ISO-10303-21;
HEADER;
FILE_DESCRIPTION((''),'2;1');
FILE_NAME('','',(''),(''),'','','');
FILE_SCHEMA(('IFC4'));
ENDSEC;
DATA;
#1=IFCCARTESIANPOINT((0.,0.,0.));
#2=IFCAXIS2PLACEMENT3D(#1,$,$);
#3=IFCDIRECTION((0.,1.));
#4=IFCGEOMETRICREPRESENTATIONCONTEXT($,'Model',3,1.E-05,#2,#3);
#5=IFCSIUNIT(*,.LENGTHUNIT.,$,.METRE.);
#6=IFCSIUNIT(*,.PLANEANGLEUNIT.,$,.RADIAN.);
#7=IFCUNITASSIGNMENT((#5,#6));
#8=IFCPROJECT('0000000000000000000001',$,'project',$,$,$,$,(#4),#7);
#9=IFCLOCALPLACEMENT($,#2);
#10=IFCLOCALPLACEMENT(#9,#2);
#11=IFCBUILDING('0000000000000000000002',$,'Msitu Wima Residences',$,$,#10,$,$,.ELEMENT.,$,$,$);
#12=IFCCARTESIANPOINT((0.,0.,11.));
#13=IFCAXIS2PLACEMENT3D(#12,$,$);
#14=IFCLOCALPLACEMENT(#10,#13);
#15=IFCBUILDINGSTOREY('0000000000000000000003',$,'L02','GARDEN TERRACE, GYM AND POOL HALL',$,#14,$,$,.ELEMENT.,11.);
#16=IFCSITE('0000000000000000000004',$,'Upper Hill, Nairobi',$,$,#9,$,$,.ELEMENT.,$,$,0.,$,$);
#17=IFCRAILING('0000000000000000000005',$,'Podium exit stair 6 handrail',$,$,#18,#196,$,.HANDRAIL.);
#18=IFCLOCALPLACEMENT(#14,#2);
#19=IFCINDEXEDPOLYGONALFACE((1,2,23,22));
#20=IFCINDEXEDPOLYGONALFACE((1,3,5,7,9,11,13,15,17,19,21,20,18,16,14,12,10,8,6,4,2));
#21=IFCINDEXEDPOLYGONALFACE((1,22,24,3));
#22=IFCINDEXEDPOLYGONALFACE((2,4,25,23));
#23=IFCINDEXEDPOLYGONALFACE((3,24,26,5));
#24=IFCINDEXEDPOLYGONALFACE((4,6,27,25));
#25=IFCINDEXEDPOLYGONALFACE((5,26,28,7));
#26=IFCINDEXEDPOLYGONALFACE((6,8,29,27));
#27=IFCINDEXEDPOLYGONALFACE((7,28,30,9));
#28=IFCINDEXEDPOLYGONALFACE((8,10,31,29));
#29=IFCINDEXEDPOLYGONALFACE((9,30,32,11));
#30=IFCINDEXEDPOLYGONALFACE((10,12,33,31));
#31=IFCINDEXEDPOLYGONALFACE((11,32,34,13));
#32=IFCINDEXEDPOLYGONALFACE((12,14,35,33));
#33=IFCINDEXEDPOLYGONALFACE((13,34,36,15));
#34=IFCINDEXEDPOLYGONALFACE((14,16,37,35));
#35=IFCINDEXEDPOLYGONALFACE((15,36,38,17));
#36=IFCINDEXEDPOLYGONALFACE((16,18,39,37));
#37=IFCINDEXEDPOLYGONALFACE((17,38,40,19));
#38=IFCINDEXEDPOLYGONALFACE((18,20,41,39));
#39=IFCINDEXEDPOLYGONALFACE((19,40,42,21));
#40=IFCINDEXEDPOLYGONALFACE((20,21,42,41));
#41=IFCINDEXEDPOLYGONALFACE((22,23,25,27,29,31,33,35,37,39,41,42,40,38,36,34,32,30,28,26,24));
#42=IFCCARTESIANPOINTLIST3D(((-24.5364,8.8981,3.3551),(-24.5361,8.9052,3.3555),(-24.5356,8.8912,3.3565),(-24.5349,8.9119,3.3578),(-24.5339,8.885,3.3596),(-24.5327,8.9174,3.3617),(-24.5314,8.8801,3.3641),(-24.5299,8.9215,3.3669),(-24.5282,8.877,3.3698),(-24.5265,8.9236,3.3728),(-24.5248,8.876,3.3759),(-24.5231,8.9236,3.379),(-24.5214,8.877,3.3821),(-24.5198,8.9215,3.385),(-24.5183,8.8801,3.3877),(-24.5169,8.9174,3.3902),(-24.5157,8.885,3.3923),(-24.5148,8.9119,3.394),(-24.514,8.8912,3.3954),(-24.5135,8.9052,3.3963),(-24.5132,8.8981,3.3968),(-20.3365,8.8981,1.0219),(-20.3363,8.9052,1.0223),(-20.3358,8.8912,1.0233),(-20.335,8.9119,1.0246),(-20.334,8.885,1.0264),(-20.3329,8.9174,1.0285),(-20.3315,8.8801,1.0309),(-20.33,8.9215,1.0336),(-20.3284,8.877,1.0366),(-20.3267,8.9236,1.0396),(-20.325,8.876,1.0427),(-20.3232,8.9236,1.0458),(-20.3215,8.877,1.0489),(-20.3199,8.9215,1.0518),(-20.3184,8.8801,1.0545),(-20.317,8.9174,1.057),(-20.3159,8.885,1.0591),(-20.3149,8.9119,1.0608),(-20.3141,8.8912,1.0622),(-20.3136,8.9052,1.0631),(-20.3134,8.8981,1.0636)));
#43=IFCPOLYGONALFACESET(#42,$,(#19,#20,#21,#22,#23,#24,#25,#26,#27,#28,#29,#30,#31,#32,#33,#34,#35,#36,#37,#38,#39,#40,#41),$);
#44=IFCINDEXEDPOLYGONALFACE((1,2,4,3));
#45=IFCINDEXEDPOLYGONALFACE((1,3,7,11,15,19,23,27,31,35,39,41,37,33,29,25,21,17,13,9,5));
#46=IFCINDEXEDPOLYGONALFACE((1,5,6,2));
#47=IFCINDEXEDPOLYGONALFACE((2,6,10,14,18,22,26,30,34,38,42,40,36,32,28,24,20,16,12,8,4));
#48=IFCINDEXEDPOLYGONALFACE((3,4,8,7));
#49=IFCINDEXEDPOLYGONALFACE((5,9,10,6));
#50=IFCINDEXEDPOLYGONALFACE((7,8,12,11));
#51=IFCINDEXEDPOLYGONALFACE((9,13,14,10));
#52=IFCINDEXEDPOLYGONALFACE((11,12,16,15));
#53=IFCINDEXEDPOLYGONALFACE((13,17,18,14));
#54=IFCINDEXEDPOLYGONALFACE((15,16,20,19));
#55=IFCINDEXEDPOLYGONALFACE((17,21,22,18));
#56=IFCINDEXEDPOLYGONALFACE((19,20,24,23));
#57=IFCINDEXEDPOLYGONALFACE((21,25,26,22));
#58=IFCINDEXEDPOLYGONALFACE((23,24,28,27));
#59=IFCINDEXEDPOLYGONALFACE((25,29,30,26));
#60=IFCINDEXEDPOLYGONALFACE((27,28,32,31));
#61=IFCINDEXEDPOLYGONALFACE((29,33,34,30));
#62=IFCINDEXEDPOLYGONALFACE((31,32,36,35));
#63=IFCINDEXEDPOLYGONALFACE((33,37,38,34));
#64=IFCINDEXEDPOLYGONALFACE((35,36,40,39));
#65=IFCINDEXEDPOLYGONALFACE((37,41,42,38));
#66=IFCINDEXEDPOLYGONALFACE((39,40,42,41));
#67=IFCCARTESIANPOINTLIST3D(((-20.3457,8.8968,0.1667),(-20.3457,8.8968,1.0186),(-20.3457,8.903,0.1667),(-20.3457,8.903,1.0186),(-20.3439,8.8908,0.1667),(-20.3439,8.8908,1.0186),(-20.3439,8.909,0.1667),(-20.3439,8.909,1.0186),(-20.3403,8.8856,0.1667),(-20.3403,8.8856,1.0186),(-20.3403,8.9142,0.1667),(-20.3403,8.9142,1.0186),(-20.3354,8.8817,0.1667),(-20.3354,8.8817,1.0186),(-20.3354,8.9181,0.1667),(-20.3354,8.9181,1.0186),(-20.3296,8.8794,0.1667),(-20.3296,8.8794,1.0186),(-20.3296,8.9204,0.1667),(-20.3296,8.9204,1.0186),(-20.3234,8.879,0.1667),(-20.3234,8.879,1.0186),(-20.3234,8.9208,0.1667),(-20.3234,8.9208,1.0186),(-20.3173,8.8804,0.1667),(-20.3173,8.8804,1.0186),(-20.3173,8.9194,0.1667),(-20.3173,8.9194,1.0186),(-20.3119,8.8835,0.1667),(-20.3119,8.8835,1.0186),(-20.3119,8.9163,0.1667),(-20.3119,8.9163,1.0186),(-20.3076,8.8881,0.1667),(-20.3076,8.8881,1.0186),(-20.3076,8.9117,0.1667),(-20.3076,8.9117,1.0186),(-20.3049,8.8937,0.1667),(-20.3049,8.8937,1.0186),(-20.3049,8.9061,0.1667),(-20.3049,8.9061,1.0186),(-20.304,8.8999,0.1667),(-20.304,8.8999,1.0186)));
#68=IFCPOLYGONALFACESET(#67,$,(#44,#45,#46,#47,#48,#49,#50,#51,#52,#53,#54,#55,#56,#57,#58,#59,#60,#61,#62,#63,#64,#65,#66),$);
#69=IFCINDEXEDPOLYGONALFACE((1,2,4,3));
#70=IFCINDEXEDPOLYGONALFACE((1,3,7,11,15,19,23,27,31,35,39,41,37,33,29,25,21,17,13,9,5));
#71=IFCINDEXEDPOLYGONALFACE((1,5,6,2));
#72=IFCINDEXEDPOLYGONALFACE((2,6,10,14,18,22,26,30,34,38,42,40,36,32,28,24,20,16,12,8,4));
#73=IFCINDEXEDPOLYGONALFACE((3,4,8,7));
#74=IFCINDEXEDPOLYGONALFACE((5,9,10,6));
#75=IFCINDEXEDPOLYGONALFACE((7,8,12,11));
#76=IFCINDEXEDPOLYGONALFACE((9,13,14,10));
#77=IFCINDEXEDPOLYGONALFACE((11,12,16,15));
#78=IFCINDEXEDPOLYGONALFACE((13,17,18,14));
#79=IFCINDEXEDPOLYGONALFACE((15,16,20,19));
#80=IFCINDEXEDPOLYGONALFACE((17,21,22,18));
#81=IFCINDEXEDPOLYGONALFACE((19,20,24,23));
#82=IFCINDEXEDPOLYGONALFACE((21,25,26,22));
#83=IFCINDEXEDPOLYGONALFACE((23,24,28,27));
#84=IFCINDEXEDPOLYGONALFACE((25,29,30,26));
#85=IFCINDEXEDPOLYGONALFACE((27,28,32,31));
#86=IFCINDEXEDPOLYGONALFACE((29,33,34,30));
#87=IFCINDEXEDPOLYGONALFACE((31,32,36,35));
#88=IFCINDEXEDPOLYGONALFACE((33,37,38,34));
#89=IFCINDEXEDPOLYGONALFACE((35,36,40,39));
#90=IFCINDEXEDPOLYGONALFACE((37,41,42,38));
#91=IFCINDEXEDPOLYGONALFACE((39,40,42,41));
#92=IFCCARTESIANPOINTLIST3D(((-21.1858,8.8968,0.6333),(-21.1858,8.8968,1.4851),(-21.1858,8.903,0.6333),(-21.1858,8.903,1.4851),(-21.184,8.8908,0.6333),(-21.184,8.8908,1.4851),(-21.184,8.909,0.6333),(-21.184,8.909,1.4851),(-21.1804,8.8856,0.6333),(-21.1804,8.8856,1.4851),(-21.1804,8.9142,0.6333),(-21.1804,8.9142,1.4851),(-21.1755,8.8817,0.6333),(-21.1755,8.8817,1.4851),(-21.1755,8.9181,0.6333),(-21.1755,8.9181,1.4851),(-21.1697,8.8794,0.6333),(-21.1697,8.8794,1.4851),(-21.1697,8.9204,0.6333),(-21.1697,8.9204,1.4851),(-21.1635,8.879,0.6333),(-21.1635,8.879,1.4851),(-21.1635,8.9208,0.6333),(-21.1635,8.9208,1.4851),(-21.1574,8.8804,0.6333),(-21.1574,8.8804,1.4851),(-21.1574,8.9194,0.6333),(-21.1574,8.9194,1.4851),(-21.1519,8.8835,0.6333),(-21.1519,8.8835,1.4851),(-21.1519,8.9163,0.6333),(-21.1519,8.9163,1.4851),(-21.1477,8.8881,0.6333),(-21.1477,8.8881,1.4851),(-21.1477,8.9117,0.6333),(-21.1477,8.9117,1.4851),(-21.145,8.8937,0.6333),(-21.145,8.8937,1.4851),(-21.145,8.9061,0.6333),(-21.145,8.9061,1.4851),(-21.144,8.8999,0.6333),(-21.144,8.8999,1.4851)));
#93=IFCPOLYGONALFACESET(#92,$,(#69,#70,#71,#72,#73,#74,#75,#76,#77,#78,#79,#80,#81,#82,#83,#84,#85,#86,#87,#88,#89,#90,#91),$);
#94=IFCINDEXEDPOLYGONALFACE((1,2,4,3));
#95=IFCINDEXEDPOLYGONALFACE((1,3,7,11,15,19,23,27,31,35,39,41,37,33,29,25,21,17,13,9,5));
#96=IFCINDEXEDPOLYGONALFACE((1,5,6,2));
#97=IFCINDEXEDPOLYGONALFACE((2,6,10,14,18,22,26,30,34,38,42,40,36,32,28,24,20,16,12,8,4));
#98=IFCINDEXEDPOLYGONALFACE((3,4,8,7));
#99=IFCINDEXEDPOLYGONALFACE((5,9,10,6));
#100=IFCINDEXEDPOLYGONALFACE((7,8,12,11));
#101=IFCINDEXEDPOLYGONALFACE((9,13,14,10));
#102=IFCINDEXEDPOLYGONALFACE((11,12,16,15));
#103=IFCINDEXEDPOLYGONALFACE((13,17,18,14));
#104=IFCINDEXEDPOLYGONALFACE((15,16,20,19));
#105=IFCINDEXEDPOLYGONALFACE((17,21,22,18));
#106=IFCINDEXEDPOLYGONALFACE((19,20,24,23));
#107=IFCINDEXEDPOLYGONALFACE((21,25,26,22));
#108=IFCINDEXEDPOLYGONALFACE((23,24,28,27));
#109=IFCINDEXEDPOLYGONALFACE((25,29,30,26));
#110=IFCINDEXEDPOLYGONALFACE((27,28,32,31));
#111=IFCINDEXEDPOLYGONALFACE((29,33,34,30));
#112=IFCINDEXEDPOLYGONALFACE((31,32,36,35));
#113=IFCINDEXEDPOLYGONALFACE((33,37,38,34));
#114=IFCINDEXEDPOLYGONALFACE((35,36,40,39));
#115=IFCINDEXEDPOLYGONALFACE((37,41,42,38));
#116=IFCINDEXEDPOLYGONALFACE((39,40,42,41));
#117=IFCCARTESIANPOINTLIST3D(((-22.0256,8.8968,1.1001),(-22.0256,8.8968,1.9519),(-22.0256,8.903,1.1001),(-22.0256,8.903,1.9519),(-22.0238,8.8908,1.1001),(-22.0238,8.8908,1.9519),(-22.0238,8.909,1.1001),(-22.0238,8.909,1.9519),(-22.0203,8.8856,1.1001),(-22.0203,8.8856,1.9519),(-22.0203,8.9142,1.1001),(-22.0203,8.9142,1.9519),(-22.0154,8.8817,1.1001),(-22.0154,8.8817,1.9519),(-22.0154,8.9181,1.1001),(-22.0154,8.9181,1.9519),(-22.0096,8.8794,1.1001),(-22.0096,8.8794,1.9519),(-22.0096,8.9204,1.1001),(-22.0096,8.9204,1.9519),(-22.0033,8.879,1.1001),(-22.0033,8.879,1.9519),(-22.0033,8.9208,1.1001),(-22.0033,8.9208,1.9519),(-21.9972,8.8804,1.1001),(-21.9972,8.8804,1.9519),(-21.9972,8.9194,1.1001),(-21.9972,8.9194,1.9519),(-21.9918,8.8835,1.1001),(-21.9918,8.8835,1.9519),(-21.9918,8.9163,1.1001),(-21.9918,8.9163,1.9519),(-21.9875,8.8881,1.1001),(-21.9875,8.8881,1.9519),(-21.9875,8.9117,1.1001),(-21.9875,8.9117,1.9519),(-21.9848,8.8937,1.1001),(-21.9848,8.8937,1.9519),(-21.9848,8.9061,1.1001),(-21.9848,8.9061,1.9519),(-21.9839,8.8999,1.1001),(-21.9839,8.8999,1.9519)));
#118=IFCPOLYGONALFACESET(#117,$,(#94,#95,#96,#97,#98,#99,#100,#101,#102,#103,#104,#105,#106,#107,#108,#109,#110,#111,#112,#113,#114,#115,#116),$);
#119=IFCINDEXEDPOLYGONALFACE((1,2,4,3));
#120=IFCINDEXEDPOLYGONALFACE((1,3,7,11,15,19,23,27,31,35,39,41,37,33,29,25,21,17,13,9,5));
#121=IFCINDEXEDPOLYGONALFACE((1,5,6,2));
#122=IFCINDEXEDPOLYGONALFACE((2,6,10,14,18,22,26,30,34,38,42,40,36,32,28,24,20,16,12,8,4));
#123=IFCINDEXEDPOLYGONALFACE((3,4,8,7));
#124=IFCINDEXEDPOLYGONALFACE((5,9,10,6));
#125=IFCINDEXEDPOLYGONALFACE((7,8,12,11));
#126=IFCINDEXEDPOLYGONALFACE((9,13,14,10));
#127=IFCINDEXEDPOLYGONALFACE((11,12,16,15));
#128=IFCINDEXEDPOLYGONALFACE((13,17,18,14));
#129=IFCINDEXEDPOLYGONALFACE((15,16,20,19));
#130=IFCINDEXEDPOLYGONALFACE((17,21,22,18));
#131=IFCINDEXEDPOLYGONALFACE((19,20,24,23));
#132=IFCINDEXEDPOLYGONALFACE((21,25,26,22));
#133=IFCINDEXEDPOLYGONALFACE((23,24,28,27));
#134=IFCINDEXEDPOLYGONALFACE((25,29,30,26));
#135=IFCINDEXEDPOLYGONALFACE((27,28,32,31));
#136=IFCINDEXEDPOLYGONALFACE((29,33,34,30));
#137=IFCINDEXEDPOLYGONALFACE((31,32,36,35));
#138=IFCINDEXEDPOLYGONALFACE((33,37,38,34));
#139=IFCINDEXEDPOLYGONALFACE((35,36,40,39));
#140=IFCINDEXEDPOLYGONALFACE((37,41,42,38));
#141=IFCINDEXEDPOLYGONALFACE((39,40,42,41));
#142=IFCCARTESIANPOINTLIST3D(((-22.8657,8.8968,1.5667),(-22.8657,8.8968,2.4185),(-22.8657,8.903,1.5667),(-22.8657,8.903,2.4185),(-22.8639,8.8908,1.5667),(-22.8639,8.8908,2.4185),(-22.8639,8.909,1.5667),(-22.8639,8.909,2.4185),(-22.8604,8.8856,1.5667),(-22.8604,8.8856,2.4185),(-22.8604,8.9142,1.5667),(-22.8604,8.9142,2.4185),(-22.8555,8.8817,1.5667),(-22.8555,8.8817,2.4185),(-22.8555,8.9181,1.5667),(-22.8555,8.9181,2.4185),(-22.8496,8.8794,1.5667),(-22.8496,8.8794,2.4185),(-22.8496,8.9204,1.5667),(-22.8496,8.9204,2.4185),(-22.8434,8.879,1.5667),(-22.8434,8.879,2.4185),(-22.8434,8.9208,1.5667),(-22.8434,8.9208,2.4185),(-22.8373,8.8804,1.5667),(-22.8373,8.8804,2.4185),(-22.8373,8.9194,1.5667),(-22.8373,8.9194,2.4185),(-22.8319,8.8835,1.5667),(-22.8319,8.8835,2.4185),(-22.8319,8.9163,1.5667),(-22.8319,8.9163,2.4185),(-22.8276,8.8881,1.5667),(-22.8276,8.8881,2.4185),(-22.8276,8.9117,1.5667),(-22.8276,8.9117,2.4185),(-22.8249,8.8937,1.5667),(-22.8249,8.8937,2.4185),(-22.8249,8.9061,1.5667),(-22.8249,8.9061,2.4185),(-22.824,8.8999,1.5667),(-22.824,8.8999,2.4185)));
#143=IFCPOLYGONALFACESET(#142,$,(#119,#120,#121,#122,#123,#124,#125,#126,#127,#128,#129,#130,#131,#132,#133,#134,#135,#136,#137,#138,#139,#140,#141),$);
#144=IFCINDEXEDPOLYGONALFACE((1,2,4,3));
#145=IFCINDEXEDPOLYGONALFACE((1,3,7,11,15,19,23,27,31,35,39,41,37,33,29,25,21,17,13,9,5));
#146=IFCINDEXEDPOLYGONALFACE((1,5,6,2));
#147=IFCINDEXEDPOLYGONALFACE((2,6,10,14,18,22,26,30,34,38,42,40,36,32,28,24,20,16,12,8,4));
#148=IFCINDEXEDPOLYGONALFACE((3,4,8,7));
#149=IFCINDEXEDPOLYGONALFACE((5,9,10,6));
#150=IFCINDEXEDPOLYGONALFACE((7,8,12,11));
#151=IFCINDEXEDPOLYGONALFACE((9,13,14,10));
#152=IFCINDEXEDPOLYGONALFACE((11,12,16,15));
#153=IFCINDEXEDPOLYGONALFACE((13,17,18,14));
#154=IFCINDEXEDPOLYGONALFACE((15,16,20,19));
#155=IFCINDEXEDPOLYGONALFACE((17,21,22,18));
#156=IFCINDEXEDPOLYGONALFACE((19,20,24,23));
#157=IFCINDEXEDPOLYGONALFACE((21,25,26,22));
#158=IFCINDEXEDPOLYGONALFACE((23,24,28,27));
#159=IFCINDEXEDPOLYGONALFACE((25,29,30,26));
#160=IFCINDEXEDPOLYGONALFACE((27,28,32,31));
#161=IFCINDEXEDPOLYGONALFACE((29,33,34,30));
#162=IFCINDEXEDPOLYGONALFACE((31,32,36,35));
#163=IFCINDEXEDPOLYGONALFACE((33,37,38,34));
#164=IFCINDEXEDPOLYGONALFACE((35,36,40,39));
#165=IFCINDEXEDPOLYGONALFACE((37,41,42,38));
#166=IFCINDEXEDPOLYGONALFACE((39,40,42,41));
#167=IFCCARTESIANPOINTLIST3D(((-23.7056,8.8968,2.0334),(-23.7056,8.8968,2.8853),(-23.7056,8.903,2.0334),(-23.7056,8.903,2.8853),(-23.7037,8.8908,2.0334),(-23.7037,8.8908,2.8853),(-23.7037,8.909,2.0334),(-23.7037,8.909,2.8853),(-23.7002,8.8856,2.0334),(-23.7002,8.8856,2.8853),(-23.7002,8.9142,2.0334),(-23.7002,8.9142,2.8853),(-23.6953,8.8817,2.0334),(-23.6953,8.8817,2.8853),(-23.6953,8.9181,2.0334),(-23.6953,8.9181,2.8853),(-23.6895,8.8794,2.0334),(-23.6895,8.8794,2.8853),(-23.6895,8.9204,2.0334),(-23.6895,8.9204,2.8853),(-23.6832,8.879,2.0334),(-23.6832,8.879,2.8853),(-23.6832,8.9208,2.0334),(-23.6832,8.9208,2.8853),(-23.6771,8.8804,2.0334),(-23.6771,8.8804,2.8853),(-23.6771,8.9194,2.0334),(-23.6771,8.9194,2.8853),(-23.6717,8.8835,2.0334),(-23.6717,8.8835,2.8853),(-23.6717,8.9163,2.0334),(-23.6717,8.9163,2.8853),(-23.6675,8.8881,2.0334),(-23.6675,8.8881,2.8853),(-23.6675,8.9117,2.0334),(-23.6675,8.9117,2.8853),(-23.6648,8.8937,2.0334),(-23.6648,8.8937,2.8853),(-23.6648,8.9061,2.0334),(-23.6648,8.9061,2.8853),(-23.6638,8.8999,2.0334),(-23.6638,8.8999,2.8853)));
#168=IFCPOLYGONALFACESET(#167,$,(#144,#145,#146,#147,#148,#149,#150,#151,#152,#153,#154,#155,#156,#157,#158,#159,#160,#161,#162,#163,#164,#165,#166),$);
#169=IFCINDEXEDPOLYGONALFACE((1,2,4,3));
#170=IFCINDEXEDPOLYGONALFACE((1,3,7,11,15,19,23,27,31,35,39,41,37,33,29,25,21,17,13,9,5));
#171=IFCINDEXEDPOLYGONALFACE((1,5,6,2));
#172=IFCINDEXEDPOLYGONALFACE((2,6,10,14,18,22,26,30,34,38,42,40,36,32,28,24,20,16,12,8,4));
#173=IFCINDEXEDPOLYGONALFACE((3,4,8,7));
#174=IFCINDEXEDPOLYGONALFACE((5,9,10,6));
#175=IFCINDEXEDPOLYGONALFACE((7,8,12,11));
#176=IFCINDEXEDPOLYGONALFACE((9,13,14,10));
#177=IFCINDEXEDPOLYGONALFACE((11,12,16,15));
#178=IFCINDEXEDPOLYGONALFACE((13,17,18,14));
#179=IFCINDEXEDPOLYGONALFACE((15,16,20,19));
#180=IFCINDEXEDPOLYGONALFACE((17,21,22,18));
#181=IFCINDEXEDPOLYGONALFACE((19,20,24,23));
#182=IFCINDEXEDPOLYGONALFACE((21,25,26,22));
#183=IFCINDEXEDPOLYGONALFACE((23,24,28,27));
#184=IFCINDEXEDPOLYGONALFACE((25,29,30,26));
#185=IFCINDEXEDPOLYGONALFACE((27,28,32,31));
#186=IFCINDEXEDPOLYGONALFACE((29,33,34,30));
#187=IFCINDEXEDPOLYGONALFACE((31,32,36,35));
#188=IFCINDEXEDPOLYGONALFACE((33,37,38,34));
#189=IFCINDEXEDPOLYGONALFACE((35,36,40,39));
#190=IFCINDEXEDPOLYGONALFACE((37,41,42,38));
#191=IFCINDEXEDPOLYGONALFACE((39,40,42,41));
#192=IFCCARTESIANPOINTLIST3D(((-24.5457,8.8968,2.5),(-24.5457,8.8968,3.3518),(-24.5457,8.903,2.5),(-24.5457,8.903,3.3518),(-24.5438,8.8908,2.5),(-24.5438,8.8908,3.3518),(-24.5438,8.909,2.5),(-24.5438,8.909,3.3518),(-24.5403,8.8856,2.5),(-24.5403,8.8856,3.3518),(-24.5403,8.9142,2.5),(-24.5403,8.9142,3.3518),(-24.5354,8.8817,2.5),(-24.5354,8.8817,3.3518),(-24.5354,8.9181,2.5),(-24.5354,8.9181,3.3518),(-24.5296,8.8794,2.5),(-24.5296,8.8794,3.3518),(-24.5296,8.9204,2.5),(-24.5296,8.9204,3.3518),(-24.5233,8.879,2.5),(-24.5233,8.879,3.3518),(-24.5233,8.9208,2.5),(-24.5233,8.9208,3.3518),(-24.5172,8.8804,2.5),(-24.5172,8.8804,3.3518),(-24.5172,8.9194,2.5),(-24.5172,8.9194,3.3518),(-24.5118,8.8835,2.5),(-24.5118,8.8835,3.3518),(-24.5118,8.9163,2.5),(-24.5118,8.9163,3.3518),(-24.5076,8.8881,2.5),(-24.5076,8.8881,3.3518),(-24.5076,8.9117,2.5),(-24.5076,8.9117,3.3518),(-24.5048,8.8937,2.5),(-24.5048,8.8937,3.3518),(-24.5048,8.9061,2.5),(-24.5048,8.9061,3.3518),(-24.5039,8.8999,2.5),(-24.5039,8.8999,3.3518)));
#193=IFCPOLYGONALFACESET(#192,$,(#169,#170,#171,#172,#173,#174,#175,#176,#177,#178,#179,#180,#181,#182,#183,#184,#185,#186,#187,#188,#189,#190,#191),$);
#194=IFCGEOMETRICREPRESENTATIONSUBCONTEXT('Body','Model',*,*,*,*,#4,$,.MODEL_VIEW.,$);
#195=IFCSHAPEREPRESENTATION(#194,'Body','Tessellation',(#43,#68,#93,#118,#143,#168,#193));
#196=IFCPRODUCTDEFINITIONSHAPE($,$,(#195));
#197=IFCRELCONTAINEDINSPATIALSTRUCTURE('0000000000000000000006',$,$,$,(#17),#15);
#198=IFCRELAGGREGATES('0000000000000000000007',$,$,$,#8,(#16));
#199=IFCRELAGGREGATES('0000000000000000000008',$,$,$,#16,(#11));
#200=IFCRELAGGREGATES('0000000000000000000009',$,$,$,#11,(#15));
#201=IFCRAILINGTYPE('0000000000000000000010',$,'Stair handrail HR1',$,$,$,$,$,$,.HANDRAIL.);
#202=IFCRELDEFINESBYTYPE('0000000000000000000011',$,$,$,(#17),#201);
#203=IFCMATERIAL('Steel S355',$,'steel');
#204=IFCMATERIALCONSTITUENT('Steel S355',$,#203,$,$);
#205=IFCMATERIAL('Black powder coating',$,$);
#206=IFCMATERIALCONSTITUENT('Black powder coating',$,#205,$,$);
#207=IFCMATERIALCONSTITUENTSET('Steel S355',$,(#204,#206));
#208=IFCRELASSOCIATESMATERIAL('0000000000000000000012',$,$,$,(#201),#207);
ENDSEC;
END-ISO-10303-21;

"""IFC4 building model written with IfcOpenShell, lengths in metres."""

from ifc_helpers import new_model, si_unit, direction, frame, origin, origin_2d, place, context, subcontext, project, spatial, circle, extrude, material, constituent, constituent_set, type_object, element, save


model = new_model("IFC4")

# Units and contexts
model_context = context("Model", 3, precision=1e-05, world=origin(), true_north=direction((0.0, 1.0)))
body_context = subcontext(model_context, "Body", "Model", "MODEL_VIEW")
ifc_project = project(units=[si_unit("LENGTHUNIT", "METRE"), si_unit("PLANEANGLEUNIT", "RADIAN")], contexts=[model_context])

# Site, building, storey
site_placement = place(None, origin())
site = spatial("IfcSite", under=ifc_project, at=site_placement, Name="Upper Hill, Nairobi", CompositionType="ELEMENT", RefElevation=0.0)
building_placement = place(site_placement, origin())
building = spatial("IfcBuilding", under=site, at=building_placement, Name="Msitu Wima Residences", CompositionType="ELEMENT")
storey_placement = place(building_placement, frame((0.0, 0.0, 11.0)))
storey = spatial("IfcBuildingStorey", under=building, at=storey_placement, Name="L02", Description="GARDEN TERRACE, GYM AND POOL HALL", CompositionType="ELEMENT", Elevation=11.0)

# Railing
ifc_material_1 = material(Name="Steel S355", Category="steel")
ifc_constituent_1 = constituent(ifc_material_1, Name="Steel S355")
ifc_material_2 = material(Name="Black powder coating")
ifc_constituent_2 = constituent(ifc_material_2, Name="Black powder coating")
ifc_constituent_set = constituent_set(constituents=[ifc_constituent_1, ifc_constituent_2], Name="Steel S355")
railing_type = type_object("IfcRailingType", Name="Stair handrail HR1", PredefinedType="HANDRAIL", material=ifc_constituent_set)
for number, where, name in (
    (1, (-20.325, 8.8999, 0.1667), "Podium exit stair 6 handrail"),
):
    element("IfcRailing", number, at=place(storey_placement, frame(where)), inside=storey, type_object=railing_type, Name=name, PredefinedType="HANDRAIL", context=body_context, shape_type="SweptSolid", body=[
        extrude(circle(Radius=0.0239, at=origin_2d()), frame((0.0, 0.0, 0.876), z_axis=(-0.874162, 0.0, 0.485634), x_axis=(0.0, -1.0, 0.0)), (0.0, 0.0, 1.0), 4.8044),
        extrude(circle(Radius=0.021, at=origin_2d()), origin(), (0.0, 0.0, 1.0), 0.8518),
        extrude(circle(Radius=0.021, at=origin_2d()), frame((-0.8401, 0.0, 0.4666)), (0.0, 0.0, 1.0), 0.8518),
        extrude(circle(Radius=0.021, at=origin_2d()), frame((-1.6799, 0.0, 0.9333)), (0.0, 0.0, 1.0), 0.8518),
        extrude(circle(Radius=0.021, at=origin_2d()), frame((-2.52, 0.0, 1.3999)), (0.0, 0.0, 1.0), 0.8518),
        extrude(circle(Radius=0.021, at=origin_2d()), frame((-3.3599, 0.0, 1.8667)), (0.0, 0.0, 1.0), 0.8518),
        extrude(circle(Radius=0.021, at=origin_2d()), frame((-4.2, 0.0, 2.3333)), (0.0, 0.0, 1.0), 0.8518),
    ])

save(model, "model.ifc")
